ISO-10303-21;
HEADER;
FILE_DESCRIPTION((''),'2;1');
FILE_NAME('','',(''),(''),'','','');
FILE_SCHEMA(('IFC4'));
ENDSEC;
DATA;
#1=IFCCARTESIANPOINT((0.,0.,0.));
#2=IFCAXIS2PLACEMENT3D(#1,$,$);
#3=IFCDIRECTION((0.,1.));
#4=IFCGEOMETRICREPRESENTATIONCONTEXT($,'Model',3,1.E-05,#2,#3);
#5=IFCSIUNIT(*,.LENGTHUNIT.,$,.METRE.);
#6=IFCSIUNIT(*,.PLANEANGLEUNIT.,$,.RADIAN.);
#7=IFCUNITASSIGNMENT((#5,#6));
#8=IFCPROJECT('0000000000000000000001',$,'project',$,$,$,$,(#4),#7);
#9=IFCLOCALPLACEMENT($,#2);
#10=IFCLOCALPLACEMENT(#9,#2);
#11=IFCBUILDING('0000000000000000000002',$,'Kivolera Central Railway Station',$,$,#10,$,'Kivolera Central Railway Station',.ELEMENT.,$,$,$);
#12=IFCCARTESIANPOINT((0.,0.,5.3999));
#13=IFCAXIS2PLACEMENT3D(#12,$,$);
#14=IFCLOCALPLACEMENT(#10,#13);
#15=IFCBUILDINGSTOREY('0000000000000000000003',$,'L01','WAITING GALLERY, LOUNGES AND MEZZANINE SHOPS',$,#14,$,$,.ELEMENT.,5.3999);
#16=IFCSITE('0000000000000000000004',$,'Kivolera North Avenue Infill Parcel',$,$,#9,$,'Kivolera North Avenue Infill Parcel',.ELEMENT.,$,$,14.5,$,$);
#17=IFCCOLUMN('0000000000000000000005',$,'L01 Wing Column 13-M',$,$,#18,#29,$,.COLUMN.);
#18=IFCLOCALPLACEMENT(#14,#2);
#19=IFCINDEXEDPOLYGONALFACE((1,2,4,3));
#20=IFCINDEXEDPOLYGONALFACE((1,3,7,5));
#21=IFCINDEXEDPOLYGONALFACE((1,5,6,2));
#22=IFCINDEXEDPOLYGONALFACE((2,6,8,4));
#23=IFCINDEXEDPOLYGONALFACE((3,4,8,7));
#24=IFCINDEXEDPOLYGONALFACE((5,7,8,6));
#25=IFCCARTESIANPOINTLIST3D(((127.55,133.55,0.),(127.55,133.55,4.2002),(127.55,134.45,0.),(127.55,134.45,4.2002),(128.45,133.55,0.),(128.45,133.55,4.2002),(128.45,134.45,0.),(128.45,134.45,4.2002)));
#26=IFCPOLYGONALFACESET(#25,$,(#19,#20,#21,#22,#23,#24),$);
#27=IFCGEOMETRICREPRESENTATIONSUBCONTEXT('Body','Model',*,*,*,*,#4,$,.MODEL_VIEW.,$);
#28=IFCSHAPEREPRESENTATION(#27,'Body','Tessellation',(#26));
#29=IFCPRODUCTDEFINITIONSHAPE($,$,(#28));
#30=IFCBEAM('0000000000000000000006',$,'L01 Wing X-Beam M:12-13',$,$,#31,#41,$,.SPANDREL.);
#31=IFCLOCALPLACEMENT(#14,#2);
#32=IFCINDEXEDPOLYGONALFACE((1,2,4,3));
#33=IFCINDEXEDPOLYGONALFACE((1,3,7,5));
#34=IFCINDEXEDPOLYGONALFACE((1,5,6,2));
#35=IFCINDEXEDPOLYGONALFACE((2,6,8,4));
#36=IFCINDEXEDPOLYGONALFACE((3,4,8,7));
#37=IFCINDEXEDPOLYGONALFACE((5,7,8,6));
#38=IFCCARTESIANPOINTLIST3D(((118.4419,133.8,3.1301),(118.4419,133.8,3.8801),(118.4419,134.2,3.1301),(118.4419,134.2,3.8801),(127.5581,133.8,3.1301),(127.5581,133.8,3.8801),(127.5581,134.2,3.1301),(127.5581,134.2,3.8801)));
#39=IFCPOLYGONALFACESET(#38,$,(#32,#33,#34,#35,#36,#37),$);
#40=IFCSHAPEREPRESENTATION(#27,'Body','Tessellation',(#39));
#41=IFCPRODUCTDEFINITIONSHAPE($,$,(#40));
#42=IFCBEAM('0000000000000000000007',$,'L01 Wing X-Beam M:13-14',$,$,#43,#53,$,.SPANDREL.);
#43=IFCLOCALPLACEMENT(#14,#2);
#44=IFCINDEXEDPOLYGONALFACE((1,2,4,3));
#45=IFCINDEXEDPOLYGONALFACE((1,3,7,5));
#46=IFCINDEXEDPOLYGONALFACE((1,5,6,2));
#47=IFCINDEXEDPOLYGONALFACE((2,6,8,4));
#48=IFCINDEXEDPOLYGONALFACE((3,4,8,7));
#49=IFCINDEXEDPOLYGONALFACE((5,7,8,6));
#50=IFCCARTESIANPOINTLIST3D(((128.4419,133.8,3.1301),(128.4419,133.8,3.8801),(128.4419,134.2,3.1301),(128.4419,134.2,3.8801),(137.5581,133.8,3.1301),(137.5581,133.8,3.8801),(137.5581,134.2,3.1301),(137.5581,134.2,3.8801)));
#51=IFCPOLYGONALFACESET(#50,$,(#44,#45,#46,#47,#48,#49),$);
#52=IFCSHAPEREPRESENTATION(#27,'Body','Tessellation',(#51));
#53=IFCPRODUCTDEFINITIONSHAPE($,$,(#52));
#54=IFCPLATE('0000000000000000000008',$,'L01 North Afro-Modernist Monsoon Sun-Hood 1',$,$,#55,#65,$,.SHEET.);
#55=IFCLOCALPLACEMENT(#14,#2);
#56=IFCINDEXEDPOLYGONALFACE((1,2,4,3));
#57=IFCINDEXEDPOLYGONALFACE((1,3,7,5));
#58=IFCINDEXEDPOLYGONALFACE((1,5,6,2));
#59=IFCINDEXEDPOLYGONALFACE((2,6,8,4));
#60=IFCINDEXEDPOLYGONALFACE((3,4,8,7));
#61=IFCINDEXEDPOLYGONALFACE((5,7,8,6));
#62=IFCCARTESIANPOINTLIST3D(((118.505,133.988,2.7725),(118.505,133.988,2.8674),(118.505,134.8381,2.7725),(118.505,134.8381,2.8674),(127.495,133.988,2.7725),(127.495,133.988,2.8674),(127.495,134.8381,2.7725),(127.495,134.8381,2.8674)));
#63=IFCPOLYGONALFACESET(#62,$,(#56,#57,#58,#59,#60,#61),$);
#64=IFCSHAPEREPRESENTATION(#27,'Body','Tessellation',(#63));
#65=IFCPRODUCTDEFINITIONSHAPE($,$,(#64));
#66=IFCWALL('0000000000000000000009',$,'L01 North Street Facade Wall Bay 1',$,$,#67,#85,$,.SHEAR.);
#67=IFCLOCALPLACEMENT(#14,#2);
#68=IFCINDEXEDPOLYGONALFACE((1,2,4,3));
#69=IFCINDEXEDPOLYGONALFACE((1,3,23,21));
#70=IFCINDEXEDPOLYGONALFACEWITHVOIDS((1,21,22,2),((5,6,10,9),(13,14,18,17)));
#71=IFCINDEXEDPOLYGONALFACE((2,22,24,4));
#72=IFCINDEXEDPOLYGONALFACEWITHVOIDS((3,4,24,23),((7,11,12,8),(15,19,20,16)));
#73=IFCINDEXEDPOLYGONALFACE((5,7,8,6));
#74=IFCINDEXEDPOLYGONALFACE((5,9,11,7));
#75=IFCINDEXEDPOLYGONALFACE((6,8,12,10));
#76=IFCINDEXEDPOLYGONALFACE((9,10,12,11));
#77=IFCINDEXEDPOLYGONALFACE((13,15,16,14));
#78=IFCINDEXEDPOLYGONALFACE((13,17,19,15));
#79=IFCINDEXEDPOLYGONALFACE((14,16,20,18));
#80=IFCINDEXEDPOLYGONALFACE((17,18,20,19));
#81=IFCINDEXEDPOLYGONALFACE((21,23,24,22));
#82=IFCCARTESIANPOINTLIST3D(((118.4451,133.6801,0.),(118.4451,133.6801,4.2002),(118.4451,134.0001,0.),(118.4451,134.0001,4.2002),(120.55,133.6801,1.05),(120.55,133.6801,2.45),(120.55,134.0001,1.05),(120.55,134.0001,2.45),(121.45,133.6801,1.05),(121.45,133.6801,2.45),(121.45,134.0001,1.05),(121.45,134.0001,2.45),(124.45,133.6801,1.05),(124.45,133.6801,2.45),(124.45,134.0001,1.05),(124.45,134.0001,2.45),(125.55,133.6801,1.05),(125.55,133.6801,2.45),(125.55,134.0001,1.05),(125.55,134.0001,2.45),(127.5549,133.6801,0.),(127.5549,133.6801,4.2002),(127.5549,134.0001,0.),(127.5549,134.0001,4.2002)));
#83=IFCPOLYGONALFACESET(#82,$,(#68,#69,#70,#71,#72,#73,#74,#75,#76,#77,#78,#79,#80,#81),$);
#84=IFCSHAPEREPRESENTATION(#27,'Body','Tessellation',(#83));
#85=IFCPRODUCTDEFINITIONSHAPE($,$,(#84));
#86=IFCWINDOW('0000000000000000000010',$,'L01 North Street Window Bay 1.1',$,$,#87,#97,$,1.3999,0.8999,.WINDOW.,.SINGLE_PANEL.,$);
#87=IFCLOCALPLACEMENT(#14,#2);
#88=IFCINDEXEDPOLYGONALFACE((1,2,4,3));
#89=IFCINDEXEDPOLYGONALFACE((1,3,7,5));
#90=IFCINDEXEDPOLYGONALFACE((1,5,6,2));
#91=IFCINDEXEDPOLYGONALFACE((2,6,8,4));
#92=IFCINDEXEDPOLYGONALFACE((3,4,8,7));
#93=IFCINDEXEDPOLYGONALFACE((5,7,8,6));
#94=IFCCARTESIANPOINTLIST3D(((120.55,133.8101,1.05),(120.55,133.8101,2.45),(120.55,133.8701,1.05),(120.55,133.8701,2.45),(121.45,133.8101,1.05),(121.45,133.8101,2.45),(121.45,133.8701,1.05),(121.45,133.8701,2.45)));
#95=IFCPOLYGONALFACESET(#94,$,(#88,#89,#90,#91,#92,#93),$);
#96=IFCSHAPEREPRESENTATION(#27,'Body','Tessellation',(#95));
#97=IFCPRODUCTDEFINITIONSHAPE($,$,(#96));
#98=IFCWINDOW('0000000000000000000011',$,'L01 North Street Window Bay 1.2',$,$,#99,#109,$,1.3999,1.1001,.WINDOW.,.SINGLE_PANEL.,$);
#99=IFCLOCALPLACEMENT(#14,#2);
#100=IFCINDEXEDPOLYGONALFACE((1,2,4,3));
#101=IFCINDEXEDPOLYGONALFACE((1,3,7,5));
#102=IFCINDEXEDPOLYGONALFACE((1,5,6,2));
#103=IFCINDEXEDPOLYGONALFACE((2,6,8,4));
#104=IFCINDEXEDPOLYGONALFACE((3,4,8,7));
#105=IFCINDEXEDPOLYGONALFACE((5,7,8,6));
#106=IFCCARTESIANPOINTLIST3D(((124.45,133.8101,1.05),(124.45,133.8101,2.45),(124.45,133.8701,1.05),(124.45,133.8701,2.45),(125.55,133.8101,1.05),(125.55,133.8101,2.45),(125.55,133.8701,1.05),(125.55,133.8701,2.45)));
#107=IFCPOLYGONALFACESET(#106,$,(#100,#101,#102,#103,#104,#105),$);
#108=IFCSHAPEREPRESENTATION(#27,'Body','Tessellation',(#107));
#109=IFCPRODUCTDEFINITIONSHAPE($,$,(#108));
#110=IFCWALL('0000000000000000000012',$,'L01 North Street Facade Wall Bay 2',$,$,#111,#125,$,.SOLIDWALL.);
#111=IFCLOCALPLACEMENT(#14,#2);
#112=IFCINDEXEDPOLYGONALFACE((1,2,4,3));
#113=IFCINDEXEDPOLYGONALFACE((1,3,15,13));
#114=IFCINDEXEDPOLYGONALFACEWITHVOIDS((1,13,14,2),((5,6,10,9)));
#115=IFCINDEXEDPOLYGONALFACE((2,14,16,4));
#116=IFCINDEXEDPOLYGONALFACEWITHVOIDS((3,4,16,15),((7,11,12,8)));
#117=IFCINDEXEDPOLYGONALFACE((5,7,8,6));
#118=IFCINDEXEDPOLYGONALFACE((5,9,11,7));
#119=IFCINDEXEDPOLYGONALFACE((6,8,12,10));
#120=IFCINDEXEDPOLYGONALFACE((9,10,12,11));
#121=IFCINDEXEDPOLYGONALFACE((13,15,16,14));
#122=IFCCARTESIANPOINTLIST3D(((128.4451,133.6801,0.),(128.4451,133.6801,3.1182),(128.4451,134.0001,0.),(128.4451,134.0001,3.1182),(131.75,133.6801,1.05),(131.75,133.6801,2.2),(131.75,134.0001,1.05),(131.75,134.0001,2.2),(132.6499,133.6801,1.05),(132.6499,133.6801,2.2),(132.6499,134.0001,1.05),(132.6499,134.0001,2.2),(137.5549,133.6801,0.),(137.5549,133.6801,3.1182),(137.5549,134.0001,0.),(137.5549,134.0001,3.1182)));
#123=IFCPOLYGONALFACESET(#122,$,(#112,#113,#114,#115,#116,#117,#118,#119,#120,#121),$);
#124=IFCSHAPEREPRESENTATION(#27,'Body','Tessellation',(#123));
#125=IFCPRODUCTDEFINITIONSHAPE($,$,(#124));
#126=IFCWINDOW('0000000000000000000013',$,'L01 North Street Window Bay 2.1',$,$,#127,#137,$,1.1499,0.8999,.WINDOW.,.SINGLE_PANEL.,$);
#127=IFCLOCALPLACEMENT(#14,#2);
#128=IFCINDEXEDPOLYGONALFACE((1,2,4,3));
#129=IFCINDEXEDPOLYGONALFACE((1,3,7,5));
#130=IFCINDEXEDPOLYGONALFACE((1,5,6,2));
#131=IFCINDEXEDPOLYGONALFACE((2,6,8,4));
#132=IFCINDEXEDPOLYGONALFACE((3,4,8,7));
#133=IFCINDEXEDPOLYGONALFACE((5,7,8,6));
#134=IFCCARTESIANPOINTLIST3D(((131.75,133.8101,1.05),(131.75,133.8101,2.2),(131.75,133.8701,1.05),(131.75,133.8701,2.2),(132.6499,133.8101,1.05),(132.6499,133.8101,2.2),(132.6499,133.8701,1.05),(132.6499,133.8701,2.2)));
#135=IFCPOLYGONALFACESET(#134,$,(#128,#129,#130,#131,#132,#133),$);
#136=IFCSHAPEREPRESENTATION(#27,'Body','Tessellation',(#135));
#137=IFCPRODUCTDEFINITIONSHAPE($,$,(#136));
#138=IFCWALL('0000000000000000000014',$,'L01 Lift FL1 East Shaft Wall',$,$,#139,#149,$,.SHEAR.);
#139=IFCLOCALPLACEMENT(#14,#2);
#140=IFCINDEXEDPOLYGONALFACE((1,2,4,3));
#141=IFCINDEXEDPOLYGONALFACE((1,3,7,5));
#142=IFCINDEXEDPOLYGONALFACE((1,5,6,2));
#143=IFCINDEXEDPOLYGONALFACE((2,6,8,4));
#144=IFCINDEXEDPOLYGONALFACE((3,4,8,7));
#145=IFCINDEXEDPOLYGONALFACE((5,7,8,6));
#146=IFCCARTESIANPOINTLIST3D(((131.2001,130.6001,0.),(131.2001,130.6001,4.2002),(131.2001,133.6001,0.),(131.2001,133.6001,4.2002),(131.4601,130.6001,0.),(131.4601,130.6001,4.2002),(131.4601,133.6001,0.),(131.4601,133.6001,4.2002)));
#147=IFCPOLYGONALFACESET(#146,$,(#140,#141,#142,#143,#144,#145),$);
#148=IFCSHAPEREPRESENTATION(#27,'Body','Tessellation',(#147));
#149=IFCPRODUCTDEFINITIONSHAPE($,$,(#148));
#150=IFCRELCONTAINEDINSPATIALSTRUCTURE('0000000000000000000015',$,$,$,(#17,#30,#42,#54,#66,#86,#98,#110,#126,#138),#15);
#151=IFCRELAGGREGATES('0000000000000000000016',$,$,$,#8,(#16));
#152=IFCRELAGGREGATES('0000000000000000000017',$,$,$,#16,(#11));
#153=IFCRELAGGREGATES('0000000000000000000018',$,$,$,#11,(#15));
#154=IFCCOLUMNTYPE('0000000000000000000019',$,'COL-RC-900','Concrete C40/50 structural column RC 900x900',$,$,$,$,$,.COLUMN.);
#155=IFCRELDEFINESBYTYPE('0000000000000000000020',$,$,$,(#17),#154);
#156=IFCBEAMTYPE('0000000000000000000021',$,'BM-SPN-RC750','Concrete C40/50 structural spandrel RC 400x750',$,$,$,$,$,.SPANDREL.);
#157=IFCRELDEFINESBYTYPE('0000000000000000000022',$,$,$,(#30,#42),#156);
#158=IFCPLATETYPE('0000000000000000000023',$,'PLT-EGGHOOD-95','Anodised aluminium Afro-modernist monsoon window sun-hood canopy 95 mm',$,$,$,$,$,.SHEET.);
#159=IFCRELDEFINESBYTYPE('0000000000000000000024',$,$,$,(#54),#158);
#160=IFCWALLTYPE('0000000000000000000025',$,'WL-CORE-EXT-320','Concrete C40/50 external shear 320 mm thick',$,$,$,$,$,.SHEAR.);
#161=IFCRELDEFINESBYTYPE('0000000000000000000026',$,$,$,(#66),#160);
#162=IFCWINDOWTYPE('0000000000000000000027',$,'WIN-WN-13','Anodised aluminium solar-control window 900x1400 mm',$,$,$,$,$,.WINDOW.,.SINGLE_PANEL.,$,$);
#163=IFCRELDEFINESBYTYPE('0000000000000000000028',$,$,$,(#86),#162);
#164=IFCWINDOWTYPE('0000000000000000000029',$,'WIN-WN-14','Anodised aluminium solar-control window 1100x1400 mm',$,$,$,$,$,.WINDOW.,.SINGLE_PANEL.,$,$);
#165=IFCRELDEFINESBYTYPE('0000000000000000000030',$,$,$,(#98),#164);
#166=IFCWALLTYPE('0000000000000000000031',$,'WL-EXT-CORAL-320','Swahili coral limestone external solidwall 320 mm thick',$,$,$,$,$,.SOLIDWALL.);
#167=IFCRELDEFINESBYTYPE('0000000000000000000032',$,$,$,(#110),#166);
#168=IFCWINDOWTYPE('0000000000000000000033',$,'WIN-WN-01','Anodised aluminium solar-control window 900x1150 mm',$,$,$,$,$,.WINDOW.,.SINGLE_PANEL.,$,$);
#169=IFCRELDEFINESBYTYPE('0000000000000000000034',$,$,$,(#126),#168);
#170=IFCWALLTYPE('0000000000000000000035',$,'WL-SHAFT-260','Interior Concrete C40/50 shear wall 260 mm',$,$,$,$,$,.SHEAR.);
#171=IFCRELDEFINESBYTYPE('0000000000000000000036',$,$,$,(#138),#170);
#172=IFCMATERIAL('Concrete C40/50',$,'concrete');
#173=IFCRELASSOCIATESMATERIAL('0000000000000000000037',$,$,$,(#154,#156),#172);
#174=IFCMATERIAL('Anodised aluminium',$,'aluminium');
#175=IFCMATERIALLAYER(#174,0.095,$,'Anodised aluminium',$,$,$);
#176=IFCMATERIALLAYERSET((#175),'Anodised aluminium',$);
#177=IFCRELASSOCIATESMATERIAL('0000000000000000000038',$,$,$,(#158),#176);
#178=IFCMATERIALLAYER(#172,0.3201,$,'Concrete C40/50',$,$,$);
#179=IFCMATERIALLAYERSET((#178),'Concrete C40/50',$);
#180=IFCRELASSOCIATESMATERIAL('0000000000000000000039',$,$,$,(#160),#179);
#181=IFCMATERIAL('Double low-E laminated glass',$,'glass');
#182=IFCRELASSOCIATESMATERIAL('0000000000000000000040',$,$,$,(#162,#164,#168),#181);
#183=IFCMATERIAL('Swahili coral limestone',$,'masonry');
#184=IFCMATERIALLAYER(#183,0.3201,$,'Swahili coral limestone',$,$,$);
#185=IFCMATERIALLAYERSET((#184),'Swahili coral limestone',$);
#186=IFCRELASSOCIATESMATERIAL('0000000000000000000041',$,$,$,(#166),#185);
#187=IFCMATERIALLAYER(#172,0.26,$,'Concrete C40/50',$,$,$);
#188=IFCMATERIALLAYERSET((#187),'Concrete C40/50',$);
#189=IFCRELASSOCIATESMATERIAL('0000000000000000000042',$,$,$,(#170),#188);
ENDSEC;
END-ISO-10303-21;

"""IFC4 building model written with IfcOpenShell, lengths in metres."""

from ifc_helpers import new_model, si_unit, direction, frame, frame_2d, origin, origin_2d, place, context, subcontext, project, spatial, rectangle, extrude, material, layer, layer_set, material_profile, profile_set, type_object, element, fill, save


model = new_model("IFC4")

# Units and contexts
model_context = context("Model", 3, precision=1e-05, world=origin(), true_north=direction((0.0, 1.0)))
body_context = subcontext(model_context, "Body", "Model", "MODEL_VIEW")
ifc_project = project(units=[si_unit("LENGTHUNIT", "METRE"), si_unit("PLANEANGLEUNIT", "RADIAN")], contexts=[model_context])

# Site, building, storey
site_placement = place(None, origin())
site = spatial("IfcSite", under=ifc_project, at=site_placement, Name="Kivolera North Avenue Infill Parcel", LongName="Kivolera North Avenue Infill Parcel", CompositionType="ELEMENT", RefElevation=14.5)
building_placement = place(site_placement, origin())
building = spatial("IfcBuilding", under=site, at=building_placement, Name="Kivolera Central Railway Station", LongName="Kivolera Central Railway Station", CompositionType="ELEMENT")
storey_placement = place(building_placement, frame((0.0, 0.0, 5.3999)))
storey = spatial("IfcBuildingStorey", under=building, at=storey_placement, Name="L01", Description="WAITING GALLERY, LOUNGES AND MEZZANINE SHOPS", CompositionType="ELEMENT", Elevation=5.3999)

# Column
ifc_material_1 = material(Name="Concrete C40/50", Category="concrete")
ifc_material_profile_1 = material_profile(ifc_material_1, rectangle(XDim=0.8999, YDim=0.8999, at=origin_2d()), Name="RC 900x900")
ifc_profile_set_1 = profile_set([ifc_material_profile_1], Name="Concrete C40/50")
column_type = type_object("IfcColumnType", Name="COL-RC-900", Description="Concrete C40/50 structural column RC 900x900", PredefinedType="COLUMN", material=ifc_profile_set_1)
column_placement = place(storey_placement, frame((128.0, 134.0, 0.0), z_axis=(0.0, 0.0, 1.0), x_axis=(1.0, 0.0, 0.0)))
element("IfcColumn", 1, at=column_placement, inside=storey, type_object=column_type, Name="L01 Wing Column 13-M", PredefinedType="COLUMN", context=body_context, shape_type="SweptSolid", body=[
    extrude(rectangle(XDim=0.8999, YDim=0.8999, at=origin_2d()), origin(), (0.0, 0.0, 1.0), 4.2002),
])

# Beams
ifc_material_profile_2 = material_profile(ifc_material_1, rectangle(XDim=0.3999, YDim=0.75, at=origin_2d()), Name="RC 400x750")
ifc_profile_set_2 = profile_set([ifc_material_profile_2], Name="Concrete C40/50")
beam_type = type_object("IfcBeamType", Name="BM-SPN-RC750", Description="Concrete C40/50 structural spandrel RC 400x750", PredefinedType="SPANDREL", material=ifc_profile_set_2)
for number, where, z_axis, x_axis, name in (
    (2, (118.4419, 134.0, 3.5051), (1.0, 0.0, 0.0), (0.0, 1.0, 0.0), "L01 Wing X-Beam M:12-13"),
    (3, (128.4419, 134.0, 3.5051), (1.0, 0.0, 0.0), (0.0, 1.0, 0.0), "L01 Wing X-Beam M:13-14"),
):
    element("IfcBeam", number, at=place(storey_placement, frame(where, z_axis=z_axis, x_axis=x_axis)), inside=storey, type_object=beam_type, Name=name, PredefinedType="SPANDREL", context=body_context, shape_type="SweptSolid", body=[
        extrude(rectangle(XDim=0.3999, YDim=0.75, at=origin_2d()), origin(), (0.0, 0.0, 1.0), 9.1162),
    ])

# Plate
ifc_material_2 = material(Name="Anodised aluminium", Category="aluminium")
ifc_layer_1 = layer(ifc_material_2, 0.095, Name="Anodised aluminium")
ifc_layer_set_1 = layer_set([ifc_layer_1], Name="Anodised aluminium")
plate_type = type_object("IfcPlateType", Name="PLT-EGGHOOD-95", Description="Anodised aluminium Afro-modernist monsoon window sun-hood canopy 95 mm", PredefinedType="SHEET", material=ifc_layer_set_1)
plate_placement = place(storey_placement, frame((123.0, 134.4131, 2.7725), z_axis=(0.0, 0.0, 1.0), x_axis=(1.0, 0.0, 0.0)))
element("IfcPlate", 4, at=plate_placement, inside=storey, type_object=plate_type, Name="L01 North Afro-Modernist Monsoon Sun-Hood 1", PredefinedType="SHEET", context=body_context, shape_type="SweptSolid", body=[
    extrude(rectangle(XDim=8.99, YDim=0.8501, at=origin_2d()), origin(), (0.0, 0.0, 1.0), 0.095),
])

# Wall, openings, windows
ifc_layer_2 = layer(ifc_material_1, 0.3201, Name="Concrete C40/50")
ifc_layer_set_2 = layer_set([ifc_layer_2], Name="Concrete C40/50")
wall_type_1 = type_object("IfcWallType", Name="WL-CORE-EXT-320", Description="Concrete C40/50 external shear 320 mm thick", PredefinedType="SHEAR", material=ifc_layer_set_2)
wall_1_placement = place(storey_placement, frame((118.4451, 133.8401, 0.0), z_axis=(0.0, 0.0, 1.0), x_axis=(1.0, 0.0, 0.0)))
wall_1 = element("IfcWall", 5, at=wall_1_placement, inside=storey, type_object=wall_type_1, Name="L01 North Street Facade Wall Bay 1", PredefinedType="SHEAR", context=body_context, shape_type="SweptSolid", body=[
    extrude(rectangle(XDim=9.1099, YDim=0.3201, at=frame_2d((4.5549, 0.0))), origin(), (0.0, 0.0, 1.0), 4.2002),
])
opening_1_placement = place(wall_1_placement, frame((2.105, 0.0, 1.05)))
opening_1 = element("IfcOpeningElement", 6, at=opening_1_placement, cuts=wall_1, PredefinedType="OPENING", context=body_context, shape_type="SweptSolid", body=[
    extrude(rectangle(XDim=0.8999, YDim=1.3999, at=frame_2d((0.45, 0.7))), frame((0.0, 0.1699, 0.0), z_axis=(0.0, -1.0, 0.0), x_axis=(1.0, 0.0, 0.0)), (0.0, 0.0, 1.0), 0.3401),
])
opening_2_placement = place(wall_1_placement, frame((6.0049, 0.0, 1.05)))
opening_2 = element("IfcOpeningElement", 7, at=opening_2_placement, cuts=wall_1, PredefinedType="OPENING", context=body_context, shape_type="SweptSolid", body=[
    extrude(rectangle(XDim=1.1001, YDim=1.3999, at=frame_2d((0.55, 0.7))), frame((0.0, 0.1699, 0.0), z_axis=(0.0, -1.0, 0.0), x_axis=(1.0, 0.0, 0.0)), (0.0, 0.0, 1.0), 0.3401),
])
ifc_material_3 = material(Name="Double low-E laminated glass", Category="glass")
window_type_1 = type_object("IfcWindowType", Name="WIN-WN-13", Description="Anodised aluminium solar-control window 900x1400 mm", PartitioningType="SINGLE_PANEL", PredefinedType="WINDOW", material=ifc_material_3)
window_1_placement = place(opening_1_placement, origin())
window_1 = element("IfcWindow", 8, at=window_1_placement, inside=storey, type_object=window_type_1, Name="L01 North Street Window Bay 1.1", OverallHeight=1.3999, OverallWidth=0.8999, PartitioningType="SINGLE_PANEL", PredefinedType="WINDOW", context=body_context, shape_type="SweptSolid", body=[
    extrude(rectangle(XDim=0.8999, YDim=1.3999, at=frame_2d((0.45, 0.7))), frame((0.0, 0.03, 0.0), z_axis=(0.0, -1.0, 0.0), x_axis=(1.0, 0.0, 0.0)), (0.0, 0.0, 1.0), 0.0601),
])
fill(opening_1, window_1)
window_type_2 = type_object("IfcWindowType", Name="WIN-WN-14", Description="Anodised aluminium solar-control window 1100x1400 mm", PartitioningType="SINGLE_PANEL", PredefinedType="WINDOW", material=ifc_material_3)
window_2_placement = place(opening_2_placement, origin())
window_2 = element("IfcWindow", 9, at=window_2_placement, inside=storey, type_object=window_type_2, Name="L01 North Street Window Bay 1.2", OverallHeight=1.3999, OverallWidth=1.1001, PartitioningType="SINGLE_PANEL", PredefinedType="WINDOW", context=body_context, shape_type="SweptSolid", body=[
    extrude(rectangle(XDim=1.1001, YDim=1.3999, at=frame_2d((0.55, 0.7))), frame((0.0, 0.03, 0.0), z_axis=(0.0, -1.0, 0.0), x_axis=(1.0, 0.0, 0.0)), (0.0, 0.0, 1.0), 0.0601),
])
fill(opening_2, window_2)

# Wall, opening, window
ifc_material_4 = material(Name="Swahili coral limestone", Category="masonry")
ifc_layer_3 = layer(ifc_material_4, 0.3201, Name="Swahili coral limestone")
ifc_layer_set_3 = layer_set([ifc_layer_3], Name="Swahili coral limestone")
wall_type_2 = type_object("IfcWallType", Name="WL-EXT-CORAL-320", Description="Swahili coral limestone external solidwall 320 mm thick", PredefinedType="SOLIDWALL", material=ifc_layer_set_3)
wall_2_placement = place(storey_placement, frame((128.4451, 133.8401, 0.0), z_axis=(0.0, 0.0, 1.0), x_axis=(1.0, 0.0, 0.0)))
wall_2 = element("IfcWall", 10, at=wall_2_placement, inside=storey, type_object=wall_type_2, Name="L01 North Street Facade Wall Bay 2", PredefinedType="SOLIDWALL", context=body_context, shape_type="SweptSolid", body=[
    extrude(rectangle(XDim=9.1099, YDim=0.3201, at=frame_2d((4.5549, 0.0))), origin(), (0.0, 0.0, 1.0), 3.1182),
])
opening_3_placement = place(wall_2_placement, frame((3.3049, 0.0, 1.05)))
opening_3 = element("IfcOpeningElement", 11, at=opening_3_placement, cuts=wall_2, PredefinedType="OPENING", context=body_context, shape_type="SweptSolid", body=[
    extrude(rectangle(XDim=0.8999, YDim=1.1499, at=frame_2d((0.45, 0.575))), frame((0.0, 0.1699, 0.0), z_axis=(0.0, -1.0, 0.0), x_axis=(1.0, 0.0, 0.0)), (0.0, 0.0, 1.0), 0.3401),
])
window_type_3 = type_object("IfcWindowType", Name="WIN-WN-01", Description="Anodised aluminium solar-control window 900x1150 mm", PartitioningType="SINGLE_PANEL", PredefinedType="WINDOW", material=ifc_material_3)
window_3_placement = place(opening_3_placement, origin())
window_3 = element("IfcWindow", 12, at=window_3_placement, inside=storey, type_object=window_type_3, Name="L01 North Street Window Bay 2.1", OverallHeight=1.1499, OverallWidth=0.8999, PartitioningType="SINGLE_PANEL", PredefinedType="WINDOW", context=body_context, shape_type="SweptSolid", body=[
    extrude(rectangle(XDim=0.8999, YDim=1.1499, at=frame_2d((0.45, 0.575))), frame((0.0, 0.03, 0.0), z_axis=(0.0, -1.0, 0.0), x_axis=(1.0, 0.0, 0.0)), (0.0, 0.0, 1.0), 0.0601),
])
fill(opening_3, window_3)

# Wall
ifc_layer_4 = layer(ifc_material_1, 0.26, Name="Concrete C40/50")
ifc_layer_set_4 = layer_set([ifc_layer_4], Name="Concrete C40/50")
wall_type_3 = type_object("IfcWallType", Name="WL-SHAFT-260", Description="Interior Concrete C40/50 shear wall 260 mm", PredefinedType="SHEAR", material=ifc_layer_set_4)
wall_3_placement = place(storey_placement, frame((131.3301, 130.6001, 0.0), z_axis=(0.0, 0.0, 1.0), x_axis=(0.0, 1.0, 0.0)))
element("IfcWall", 13, at=wall_3_placement, inside=storey, type_object=wall_type_3, Name="L01 Lift FL1 East Shaft Wall", PredefinedType="SHEAR", context=body_context, shape_type="SweptSolid", body=[
    extrude(rectangle(XDim=3.0, YDim=0.26, at=frame_2d((1.5, 0.0))), origin(), (0.0, 0.0, 1.0), 4.2002),
])

save(model, "model.ifc")
